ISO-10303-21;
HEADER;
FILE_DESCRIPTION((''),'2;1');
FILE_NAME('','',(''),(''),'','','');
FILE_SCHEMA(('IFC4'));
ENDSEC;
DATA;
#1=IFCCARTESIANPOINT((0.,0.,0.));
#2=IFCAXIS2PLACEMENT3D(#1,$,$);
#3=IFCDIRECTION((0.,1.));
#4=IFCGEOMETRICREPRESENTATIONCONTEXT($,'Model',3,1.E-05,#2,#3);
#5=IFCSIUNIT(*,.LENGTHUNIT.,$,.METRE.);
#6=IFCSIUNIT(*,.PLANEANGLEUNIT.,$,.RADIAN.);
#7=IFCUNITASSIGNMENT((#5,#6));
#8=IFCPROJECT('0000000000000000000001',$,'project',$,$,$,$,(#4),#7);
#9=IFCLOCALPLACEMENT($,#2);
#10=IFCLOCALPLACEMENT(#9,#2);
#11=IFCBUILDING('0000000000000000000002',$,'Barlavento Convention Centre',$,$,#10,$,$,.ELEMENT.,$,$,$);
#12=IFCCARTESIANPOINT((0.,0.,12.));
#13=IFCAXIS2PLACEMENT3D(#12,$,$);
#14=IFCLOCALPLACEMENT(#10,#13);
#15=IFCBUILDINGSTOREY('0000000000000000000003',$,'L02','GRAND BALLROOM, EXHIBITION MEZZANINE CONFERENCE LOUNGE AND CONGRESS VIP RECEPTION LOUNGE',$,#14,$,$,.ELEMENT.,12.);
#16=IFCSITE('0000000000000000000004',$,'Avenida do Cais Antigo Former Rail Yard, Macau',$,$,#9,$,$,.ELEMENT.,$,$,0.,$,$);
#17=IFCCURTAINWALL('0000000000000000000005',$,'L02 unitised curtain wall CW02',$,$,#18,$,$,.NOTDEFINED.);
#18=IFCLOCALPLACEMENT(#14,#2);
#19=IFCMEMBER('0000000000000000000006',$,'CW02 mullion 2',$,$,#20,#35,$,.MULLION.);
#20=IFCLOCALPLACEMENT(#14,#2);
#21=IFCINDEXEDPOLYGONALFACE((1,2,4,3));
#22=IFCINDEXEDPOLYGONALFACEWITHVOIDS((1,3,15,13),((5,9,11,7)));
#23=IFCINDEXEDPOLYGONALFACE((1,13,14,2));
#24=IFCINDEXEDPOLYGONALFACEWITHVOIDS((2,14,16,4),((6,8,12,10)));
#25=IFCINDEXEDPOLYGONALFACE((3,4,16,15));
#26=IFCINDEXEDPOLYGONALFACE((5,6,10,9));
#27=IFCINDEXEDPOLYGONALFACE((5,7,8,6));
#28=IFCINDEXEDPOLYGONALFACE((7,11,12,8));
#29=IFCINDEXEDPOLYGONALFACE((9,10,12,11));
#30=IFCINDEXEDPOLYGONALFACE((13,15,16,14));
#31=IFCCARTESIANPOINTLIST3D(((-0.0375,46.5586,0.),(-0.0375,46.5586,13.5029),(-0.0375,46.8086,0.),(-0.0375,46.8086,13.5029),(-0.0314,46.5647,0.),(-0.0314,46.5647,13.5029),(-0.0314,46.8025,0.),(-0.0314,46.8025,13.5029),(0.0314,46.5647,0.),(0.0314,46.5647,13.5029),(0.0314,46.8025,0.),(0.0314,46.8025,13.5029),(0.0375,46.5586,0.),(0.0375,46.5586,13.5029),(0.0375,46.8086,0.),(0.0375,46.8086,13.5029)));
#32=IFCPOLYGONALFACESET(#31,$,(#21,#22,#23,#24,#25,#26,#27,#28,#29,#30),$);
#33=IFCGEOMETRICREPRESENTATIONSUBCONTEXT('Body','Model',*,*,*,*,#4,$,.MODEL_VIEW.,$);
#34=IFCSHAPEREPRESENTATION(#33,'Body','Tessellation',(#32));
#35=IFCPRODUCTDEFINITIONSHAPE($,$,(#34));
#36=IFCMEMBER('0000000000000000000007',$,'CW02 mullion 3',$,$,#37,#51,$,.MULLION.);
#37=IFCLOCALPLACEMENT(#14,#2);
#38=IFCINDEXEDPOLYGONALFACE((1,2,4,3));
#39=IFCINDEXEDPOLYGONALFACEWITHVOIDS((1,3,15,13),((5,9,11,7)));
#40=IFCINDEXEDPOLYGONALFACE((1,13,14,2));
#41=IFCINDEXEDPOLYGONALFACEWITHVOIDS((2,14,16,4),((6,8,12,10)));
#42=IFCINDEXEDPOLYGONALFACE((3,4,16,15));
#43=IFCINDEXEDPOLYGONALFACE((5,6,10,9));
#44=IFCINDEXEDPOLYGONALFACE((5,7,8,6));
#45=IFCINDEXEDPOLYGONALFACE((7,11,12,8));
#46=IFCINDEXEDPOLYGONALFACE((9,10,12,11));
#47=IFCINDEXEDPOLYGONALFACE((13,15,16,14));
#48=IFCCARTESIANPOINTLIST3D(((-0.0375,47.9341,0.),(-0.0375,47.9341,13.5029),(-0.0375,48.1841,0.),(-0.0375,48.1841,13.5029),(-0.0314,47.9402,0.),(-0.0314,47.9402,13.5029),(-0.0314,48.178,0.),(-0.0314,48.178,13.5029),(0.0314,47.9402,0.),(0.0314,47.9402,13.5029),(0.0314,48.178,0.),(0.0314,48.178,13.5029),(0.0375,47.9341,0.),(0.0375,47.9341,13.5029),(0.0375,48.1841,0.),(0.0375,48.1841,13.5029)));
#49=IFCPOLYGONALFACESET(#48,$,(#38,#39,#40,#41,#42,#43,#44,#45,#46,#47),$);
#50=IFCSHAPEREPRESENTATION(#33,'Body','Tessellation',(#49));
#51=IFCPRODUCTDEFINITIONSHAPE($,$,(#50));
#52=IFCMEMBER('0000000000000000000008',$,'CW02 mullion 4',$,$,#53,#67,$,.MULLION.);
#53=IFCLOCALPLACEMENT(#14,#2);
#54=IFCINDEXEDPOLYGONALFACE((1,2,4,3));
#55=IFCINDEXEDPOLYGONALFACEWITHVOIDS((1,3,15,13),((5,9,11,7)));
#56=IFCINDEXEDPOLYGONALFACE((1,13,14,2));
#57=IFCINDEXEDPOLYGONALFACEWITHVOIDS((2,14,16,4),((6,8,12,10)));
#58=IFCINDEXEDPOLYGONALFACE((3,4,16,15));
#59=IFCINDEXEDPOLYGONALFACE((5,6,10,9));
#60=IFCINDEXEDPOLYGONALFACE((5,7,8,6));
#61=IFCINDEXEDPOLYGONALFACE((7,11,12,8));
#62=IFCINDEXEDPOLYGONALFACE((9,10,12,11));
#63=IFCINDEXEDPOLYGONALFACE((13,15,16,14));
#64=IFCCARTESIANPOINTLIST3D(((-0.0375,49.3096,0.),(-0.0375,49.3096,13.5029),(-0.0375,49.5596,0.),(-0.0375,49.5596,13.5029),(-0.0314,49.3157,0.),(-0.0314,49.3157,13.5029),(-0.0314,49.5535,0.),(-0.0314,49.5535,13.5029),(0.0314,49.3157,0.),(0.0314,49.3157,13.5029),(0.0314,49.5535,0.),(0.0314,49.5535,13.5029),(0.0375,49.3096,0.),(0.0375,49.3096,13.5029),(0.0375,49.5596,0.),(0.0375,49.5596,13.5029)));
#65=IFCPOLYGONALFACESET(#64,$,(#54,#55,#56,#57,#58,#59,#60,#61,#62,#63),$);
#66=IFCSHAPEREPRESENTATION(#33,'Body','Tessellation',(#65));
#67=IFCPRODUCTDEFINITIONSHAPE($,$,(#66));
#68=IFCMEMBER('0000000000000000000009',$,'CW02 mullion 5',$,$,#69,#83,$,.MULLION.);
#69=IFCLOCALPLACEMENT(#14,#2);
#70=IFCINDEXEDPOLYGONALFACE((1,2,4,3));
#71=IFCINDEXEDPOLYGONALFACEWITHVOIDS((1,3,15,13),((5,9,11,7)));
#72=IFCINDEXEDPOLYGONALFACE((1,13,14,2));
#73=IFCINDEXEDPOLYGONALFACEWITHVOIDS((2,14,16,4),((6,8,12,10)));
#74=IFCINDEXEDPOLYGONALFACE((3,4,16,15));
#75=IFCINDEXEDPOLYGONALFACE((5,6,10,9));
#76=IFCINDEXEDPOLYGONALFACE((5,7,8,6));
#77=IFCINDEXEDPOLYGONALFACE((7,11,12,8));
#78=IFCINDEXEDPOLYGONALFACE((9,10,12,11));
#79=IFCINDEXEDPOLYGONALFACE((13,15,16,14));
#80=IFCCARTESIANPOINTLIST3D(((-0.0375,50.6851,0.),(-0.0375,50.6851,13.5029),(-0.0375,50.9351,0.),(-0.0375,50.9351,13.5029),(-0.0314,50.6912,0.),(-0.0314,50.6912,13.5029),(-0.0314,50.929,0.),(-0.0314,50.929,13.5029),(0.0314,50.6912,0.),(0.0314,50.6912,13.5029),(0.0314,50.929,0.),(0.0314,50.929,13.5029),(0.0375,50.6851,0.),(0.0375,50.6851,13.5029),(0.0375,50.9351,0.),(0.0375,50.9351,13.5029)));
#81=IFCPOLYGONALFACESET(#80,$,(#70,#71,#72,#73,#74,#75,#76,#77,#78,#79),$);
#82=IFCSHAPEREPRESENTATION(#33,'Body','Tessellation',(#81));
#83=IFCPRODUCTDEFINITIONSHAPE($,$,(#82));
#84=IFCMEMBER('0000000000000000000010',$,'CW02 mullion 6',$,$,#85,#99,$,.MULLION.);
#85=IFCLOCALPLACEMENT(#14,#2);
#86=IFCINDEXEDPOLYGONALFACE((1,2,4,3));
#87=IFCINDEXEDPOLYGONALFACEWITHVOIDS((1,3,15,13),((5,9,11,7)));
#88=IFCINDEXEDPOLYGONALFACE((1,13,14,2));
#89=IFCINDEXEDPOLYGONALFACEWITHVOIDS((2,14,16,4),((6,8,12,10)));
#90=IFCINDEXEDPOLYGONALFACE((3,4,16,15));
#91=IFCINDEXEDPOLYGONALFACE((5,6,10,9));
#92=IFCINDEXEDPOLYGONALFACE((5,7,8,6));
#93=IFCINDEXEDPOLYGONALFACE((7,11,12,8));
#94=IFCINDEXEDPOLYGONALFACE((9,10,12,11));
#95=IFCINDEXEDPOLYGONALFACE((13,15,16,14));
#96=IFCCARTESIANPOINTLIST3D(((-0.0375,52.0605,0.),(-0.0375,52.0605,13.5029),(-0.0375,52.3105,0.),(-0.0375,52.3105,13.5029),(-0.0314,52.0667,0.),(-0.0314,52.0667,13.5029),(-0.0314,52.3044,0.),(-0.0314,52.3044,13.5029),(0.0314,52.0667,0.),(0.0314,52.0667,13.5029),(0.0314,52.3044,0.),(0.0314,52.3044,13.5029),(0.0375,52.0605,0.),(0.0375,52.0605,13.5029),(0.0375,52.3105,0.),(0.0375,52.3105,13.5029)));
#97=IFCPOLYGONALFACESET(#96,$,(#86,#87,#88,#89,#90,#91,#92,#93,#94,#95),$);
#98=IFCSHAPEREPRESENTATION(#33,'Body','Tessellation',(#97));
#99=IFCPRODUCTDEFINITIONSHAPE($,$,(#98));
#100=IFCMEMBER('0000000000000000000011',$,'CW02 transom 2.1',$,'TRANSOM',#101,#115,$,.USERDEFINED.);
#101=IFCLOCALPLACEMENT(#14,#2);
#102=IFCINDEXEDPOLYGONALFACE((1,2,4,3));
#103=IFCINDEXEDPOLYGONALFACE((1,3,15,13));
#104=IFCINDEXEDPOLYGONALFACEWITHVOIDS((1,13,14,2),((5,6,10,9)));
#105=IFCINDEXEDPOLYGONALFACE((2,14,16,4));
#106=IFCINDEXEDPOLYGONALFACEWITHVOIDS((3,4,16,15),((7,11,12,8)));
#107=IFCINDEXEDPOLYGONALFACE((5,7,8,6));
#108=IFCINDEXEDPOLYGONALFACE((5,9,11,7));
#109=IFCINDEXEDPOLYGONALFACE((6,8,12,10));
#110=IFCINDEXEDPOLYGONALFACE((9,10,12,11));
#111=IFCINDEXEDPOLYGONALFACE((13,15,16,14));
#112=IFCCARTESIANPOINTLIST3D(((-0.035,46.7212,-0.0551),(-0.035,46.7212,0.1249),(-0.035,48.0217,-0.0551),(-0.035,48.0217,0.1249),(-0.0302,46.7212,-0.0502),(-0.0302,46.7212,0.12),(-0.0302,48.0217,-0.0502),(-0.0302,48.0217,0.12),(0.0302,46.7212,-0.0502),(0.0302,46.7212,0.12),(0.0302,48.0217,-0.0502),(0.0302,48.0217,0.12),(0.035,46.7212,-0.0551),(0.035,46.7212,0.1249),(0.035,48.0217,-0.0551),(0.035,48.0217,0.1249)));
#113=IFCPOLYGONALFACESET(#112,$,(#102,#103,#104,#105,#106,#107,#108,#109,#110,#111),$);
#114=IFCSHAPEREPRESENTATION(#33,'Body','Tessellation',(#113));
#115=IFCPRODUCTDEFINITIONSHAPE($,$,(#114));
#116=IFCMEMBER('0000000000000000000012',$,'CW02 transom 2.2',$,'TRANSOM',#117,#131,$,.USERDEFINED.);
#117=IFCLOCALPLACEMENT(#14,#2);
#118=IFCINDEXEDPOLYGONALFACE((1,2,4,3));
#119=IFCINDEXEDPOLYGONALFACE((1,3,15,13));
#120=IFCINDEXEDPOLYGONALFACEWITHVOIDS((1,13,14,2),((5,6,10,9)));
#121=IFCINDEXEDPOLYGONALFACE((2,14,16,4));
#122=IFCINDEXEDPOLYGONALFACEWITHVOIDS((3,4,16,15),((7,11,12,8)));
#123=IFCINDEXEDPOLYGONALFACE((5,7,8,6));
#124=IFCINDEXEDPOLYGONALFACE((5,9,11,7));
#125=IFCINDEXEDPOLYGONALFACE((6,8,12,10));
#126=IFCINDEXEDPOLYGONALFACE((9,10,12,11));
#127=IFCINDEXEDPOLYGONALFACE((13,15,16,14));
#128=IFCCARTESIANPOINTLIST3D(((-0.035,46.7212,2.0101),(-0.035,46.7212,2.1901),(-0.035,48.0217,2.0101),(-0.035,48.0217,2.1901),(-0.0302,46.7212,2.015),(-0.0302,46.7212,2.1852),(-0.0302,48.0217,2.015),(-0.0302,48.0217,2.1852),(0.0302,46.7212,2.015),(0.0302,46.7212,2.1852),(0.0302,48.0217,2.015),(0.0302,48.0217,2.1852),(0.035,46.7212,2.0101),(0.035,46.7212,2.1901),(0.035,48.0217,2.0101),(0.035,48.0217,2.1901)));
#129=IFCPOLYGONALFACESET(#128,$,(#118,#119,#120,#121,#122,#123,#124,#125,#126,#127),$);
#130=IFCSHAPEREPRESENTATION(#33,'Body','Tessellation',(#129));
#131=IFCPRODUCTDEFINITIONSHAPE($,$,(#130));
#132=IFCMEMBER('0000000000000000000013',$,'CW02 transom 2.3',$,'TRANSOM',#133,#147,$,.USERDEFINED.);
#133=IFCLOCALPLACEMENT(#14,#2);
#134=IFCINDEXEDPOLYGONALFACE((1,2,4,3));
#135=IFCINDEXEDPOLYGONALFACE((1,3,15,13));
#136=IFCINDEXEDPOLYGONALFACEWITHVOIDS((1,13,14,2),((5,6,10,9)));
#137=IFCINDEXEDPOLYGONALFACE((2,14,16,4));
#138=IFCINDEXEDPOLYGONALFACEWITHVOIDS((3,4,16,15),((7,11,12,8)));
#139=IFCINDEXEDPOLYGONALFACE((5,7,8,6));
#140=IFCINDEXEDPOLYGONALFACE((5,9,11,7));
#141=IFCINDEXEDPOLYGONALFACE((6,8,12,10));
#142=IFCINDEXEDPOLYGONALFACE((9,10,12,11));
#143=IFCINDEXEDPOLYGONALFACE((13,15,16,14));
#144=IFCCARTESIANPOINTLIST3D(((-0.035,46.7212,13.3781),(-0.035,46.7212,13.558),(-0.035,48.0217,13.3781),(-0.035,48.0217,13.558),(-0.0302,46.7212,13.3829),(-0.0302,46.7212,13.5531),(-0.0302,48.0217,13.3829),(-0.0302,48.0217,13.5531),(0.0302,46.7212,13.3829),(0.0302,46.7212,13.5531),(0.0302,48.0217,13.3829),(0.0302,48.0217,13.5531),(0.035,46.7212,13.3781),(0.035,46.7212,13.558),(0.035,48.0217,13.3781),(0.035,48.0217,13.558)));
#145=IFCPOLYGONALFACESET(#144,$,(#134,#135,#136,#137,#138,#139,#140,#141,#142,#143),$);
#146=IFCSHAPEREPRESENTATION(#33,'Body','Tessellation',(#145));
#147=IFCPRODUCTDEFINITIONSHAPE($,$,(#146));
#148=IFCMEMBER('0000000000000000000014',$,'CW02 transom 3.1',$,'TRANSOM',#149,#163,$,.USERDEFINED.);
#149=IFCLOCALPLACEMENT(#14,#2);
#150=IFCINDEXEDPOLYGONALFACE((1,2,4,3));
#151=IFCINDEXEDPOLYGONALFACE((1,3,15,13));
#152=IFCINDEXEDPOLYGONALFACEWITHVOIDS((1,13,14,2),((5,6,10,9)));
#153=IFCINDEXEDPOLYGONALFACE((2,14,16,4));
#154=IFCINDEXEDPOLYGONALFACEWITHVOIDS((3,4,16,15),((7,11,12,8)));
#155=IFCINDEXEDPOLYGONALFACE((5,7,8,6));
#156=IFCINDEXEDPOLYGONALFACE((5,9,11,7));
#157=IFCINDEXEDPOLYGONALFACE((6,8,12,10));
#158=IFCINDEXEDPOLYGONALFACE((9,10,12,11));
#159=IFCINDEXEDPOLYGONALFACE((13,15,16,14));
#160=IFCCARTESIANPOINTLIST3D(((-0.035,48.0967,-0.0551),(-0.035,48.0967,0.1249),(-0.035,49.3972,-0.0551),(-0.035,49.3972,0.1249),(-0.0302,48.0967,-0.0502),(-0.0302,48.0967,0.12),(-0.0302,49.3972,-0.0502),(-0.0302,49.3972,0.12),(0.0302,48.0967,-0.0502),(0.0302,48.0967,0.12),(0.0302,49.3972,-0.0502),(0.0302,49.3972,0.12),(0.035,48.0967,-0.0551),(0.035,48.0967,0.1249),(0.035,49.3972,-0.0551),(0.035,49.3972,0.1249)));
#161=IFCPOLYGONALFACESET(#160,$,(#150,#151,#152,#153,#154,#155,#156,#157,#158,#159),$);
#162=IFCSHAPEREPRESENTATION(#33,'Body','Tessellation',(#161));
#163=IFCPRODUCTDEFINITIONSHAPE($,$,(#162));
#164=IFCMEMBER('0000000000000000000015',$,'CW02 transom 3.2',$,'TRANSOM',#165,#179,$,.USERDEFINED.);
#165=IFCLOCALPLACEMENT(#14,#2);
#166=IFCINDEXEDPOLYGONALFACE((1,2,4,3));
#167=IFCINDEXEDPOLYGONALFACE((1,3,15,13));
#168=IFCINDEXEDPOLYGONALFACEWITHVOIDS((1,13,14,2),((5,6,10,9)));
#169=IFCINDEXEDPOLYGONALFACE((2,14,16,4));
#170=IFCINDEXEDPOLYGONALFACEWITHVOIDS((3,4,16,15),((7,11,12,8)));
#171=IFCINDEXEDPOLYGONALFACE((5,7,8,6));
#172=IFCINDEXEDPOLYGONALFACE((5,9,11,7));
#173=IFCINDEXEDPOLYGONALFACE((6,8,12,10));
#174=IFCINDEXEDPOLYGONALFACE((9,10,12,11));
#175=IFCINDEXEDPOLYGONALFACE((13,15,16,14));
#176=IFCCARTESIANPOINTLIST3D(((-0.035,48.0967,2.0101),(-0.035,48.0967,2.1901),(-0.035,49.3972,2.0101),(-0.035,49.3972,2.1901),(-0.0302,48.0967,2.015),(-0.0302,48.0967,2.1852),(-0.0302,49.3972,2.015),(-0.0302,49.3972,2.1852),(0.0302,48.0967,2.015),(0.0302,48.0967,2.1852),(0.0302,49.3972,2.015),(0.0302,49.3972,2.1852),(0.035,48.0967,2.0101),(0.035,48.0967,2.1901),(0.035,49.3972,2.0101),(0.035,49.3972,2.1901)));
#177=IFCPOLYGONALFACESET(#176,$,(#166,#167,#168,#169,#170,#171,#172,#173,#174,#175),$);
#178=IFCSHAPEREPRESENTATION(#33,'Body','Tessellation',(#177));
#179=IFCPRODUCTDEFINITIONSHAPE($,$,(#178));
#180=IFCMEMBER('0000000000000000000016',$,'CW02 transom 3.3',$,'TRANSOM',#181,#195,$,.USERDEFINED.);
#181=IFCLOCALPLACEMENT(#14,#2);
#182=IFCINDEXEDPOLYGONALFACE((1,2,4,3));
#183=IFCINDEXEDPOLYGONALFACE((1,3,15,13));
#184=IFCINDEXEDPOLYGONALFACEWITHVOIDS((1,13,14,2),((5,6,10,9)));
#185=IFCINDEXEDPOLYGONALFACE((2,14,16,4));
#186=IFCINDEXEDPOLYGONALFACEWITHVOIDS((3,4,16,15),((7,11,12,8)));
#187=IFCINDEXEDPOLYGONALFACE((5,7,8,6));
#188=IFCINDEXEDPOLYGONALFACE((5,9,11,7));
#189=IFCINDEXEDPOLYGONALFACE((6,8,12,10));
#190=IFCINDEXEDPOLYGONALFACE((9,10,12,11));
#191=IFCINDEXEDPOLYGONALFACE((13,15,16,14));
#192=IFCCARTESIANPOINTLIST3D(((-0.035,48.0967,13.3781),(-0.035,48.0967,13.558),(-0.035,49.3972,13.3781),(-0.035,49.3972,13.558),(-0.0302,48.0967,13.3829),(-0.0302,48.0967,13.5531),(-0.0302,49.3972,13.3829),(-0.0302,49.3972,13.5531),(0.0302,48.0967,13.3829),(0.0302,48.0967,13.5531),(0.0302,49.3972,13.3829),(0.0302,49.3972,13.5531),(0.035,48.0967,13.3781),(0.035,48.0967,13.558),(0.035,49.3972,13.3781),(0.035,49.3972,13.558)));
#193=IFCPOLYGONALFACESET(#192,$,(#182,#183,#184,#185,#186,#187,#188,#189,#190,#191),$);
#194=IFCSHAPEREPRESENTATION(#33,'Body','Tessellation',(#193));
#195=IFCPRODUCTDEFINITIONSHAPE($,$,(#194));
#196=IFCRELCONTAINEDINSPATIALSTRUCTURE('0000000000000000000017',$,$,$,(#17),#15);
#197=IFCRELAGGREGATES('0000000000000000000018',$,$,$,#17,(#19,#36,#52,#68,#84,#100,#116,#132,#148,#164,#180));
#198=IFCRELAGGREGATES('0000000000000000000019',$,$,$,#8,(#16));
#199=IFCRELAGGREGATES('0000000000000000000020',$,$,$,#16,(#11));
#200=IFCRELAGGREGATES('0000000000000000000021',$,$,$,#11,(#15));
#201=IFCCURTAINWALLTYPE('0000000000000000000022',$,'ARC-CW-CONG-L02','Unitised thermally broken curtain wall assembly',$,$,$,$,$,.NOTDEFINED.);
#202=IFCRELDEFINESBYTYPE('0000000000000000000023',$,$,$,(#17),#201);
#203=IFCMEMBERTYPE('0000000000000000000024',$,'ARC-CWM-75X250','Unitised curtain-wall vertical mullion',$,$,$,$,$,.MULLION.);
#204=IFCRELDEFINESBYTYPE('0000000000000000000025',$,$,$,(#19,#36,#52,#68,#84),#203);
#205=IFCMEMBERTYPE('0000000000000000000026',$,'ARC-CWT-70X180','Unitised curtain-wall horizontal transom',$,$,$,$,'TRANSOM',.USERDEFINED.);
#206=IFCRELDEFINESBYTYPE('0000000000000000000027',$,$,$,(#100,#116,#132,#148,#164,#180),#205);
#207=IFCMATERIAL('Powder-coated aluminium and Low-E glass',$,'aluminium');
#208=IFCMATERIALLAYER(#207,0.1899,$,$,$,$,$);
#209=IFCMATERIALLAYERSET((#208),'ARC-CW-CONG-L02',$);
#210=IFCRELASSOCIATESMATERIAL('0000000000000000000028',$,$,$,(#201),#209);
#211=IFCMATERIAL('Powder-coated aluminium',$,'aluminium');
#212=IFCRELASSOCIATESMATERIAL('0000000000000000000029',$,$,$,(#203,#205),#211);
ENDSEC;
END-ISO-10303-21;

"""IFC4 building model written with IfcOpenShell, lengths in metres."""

from ifc_helpers import new_model, si_unit, direction, frame, origin, origin_2d, place, context, subcontext, project, spatial, hollow_rectangle, extrude, material, layer, layer_set, material_profile, profile_set, type_object, element, aggregate, save


model = new_model("IFC4")

# Units and contexts
model_context = context("Model", 3, precision=1e-05, world=origin(), true_north=direction((0.0, 1.0)))
body_context = subcontext(model_context, "Body", "Model", "MODEL_VIEW")
ifc_project = project(units=[si_unit("LENGTHUNIT", "METRE"), si_unit("PLANEANGLEUNIT", "RADIAN")], contexts=[model_context])

# Site, building, storey
site_placement = place(None, origin())
site = spatial("IfcSite", under=ifc_project, at=site_placement, Name="Avenida do Cais Antigo Former Rail Yard, Macau", CompositionType="ELEMENT", RefElevation=0.0)
building_placement = place(site_placement, origin())
building = spatial("IfcBuilding", under=site, at=building_placement, Name="Barlavento Convention Centre", CompositionType="ELEMENT")
storey_placement = place(building_placement, frame((0.0, 0.0, 12.0)))
storey = spatial("IfcBuildingStorey", under=building, at=storey_placement, Name="L02", Description="GRAND BALLROOM, EXHIBITION MEZZANINE CONFERENCE LOUNGE AND CONGRESS VIP RECEPTION LOUNGE", CompositionType="ELEMENT", Elevation=12.0)

# Curtain wall, members
ifc_material_1 = material(Name="Powder-coated aluminium and Low-E glass", Category="aluminium")
ifc_layer_1 = layer(ifc_material_1, 0.1899)
ifc_layer_set_1 = layer_set([ifc_layer_1], Name="ARC-CW-CONG-L02")
curtain_wall_type = type_object("IfcCurtainWallType", Name="ARC-CW-CONG-L02", Description="Unitised thermally broken curtain wall assembly", PredefinedType="NOTDEFINED", material=ifc_layer_set_1)
curtain_wall_placement = place(storey_placement, origin())
curtain_wall = element("IfcCurtainWall", 1, at=curtain_wall_placement, inside=storey, type_object=curtain_wall_type, Name="L02 unitised curtain wall CW02", PredefinedType="NOTDEFINED")
ifc_material_2 = material(Name="Powder-coated aluminium", Category="aluminium")
ifc_material_profile_1 = material_profile(ifc_material_2, hollow_rectangle(XDim=0.075, YDim=0.25, WallThickness=0.0061, at=origin_2d()), Name="AL-MULL 75x250x6")
ifc_profile_set_1 = profile_set([ifc_material_profile_1], Name="Powder-coated aluminium")
member_type_1 = type_object("IfcMemberType", Name="ARC-CWM-75X250", Description="Unitised curtain-wall vertical mullion", PredefinedType="MULLION", material=ifc_profile_set_1)
member_1_placement = place(storey_placement, frame((0.0, 46.6836, 0.0), z_axis=(0.0, 0.0, 1.0), x_axis=(-1.0, 0.0, 0.0)))
member_1 = element("IfcMember", 2, at=member_1_placement, type_object=member_type_1, Name="CW02 mullion 2", PredefinedType="MULLION", context=body_context, shape_type="SweptSolid", body=[
    extrude(hollow_rectangle(XDim=0.075, YDim=0.25, WallThickness=0.0061, at=origin_2d()), origin(), (0.0, 0.0, 1.0), 13.5029),
])
member_2_placement = place(storey_placement, frame((0.0, 48.0591, 0.0), z_axis=(0.0, 0.0, 1.0), x_axis=(-1.0, 0.0, 0.0)))
member_2 = element("IfcMember", 3, at=member_2_placement, type_object=member_type_1, Name="CW02 mullion 3", PredefinedType="MULLION", context=body_context, shape_type="SweptSolid", body=[
    extrude(hollow_rectangle(XDim=0.075, YDim=0.25, WallThickness=0.0061, at=origin_2d()), origin(), (0.0, 0.0, 1.0), 13.5029),
])
member_3_placement = place(storey_placement, frame((0.0, 49.4346, 0.0), z_axis=(0.0, 0.0, 1.0), x_axis=(-1.0, 0.0, 0.0)))
member_3 = element("IfcMember", 4, at=member_3_placement, type_object=member_type_1, Name="CW02 mullion 4", PredefinedType="MULLION", context=body_context, shape_type="SweptSolid", body=[
    extrude(hollow_rectangle(XDim=0.075, YDim=0.25, WallThickness=0.0061, at=origin_2d()), origin(), (0.0, 0.0, 1.0), 13.5029),
])
member_4_placement = place(storey_placement, frame((0.0, 50.8101, 0.0), z_axis=(0.0, 0.0, 1.0), x_axis=(-1.0, 0.0, 0.0)))
member_4 = element("IfcMember", 5, at=member_4_placement, type_object=member_type_1, Name="CW02 mullion 5", PredefinedType="MULLION", context=body_context, shape_type="SweptSolid", body=[
    extrude(hollow_rectangle(XDim=0.075, YDim=0.25, WallThickness=0.0061, at=origin_2d()), origin(), (0.0, 0.0, 1.0), 13.5029),
])
member_5_placement = place(storey_placement, frame((0.0, 52.1855, 0.0), z_axis=(0.0, 0.0, 1.0), x_axis=(-1.0, 0.0, 0.0)))
member_5 = element("IfcMember", 6, at=member_5_placement, type_object=member_type_1, Name="CW02 mullion 6", PredefinedType="MULLION", context=body_context, shape_type="SweptSolid", body=[
    extrude(hollow_rectangle(XDim=0.075, YDim=0.25, WallThickness=0.0061, at=origin_2d()), origin(), (0.0, 0.0, 1.0), 13.5029),
])
ifc_material_profile_2 = material_profile(ifc_material_2, hollow_rectangle(XDim=0.0701, YDim=0.1799, WallThickness=0.0049, at=origin_2d()), Name="AL-TRAN 70x180x5")
ifc_profile_set_2 = profile_set([ifc_material_profile_2], Name="Powder-coated aluminium")
member_type_2 = type_object("IfcMemberType", Name="ARC-CWT-70X180", Description="Unitised curtain-wall horizontal transom", ElementType="TRANSOM", PredefinedType="USERDEFINED", material=ifc_profile_set_2)
member_6_placement = place(storey_placement, frame((0.0, 46.7212, 0.0349), z_axis=(0.0, 1.0, 0.0), x_axis=(-1.0, 0.0, 0.0)))
member_6 = element("IfcMember", 7, at=member_6_placement, type_object=member_type_2, Name="CW02 transom 2.1", ObjectType="TRANSOM", PredefinedType="USERDEFINED", context=body_context, shape_type="SweptSolid", body=[
    extrude(hollow_rectangle(XDim=0.0701, YDim=0.1799, WallThickness=0.0049, at=origin_2d()), origin(), (0.0, 0.0, 1.0), 1.3005),
])
member_7_placement = place(storey_placement, frame((0.0, 46.7212, 2.1001), z_axis=(0.0, 1.0, 0.0), x_axis=(-1.0, 0.0, 0.0)))
member_7 = element("IfcMember", 8, at=member_7_placement, type_object=member_type_2, Name="CW02 transom 2.2", ObjectType="TRANSOM", PredefinedType="USERDEFINED", context=body_context, shape_type="SweptSolid", body=[
    extrude(hollow_rectangle(XDim=0.0701, YDim=0.1799, WallThickness=0.0049, at=origin_2d()), origin(), (0.0, 0.0, 1.0), 1.3005),
])
member_8_placement = place(storey_placement, frame((0.0, 46.7212, 13.468), z_axis=(0.0, 1.0, 0.0), x_axis=(-1.0, 0.0, 0.0)))
member_8 = element("IfcMember", 9, at=member_8_placement, type_object=member_type_2, Name="CW02 transom 2.3", ObjectType="TRANSOM", PredefinedType="USERDEFINED", context=body_context, shape_type="SweptSolid", body=[
    extrude(hollow_rectangle(XDim=0.0701, YDim=0.1799, WallThickness=0.0049, at=origin_2d()), origin(), (0.0, 0.0, 1.0), 1.3005),
])
member_9_placement = place(storey_placement, frame((0.0, 48.0967, 0.0349), z_axis=(0.0, 1.0, 0.0), x_axis=(-1.0, 0.0, 0.0)))
member_9 = element("IfcMember", 10, at=member_9_placement, type_object=member_type_2, Name="CW02 transom 3.1", ObjectType="TRANSOM", PredefinedType="USERDEFINED", context=body_context, shape_type="SweptSolid", body=[
    extrude(hollow_rectangle(XDim=0.0701, YDim=0.1799, WallThickness=0.0049, at=origin_2d()), origin(), (0.0, 0.0, 1.0), 1.3005),
])
member_10_placement = place(storey_placement, frame((0.0, 48.0967, 2.1001), z_axis=(0.0, 1.0, 0.0), x_axis=(-1.0, 0.0, 0.0)))
member_10 = element("IfcMember", 11, at=member_10_placement, type_object=member_type_2, Name="CW02 transom 3.2", ObjectType="TRANSOM", PredefinedType="USERDEFINED", context=body_context, shape_type="SweptSolid", body=[
    extrude(hollow_rectangle(XDim=0.0701, YDim=0.1799, WallThickness=0.0049, at=origin_2d()), origin(), (0.0, 0.0, 1.0), 1.3005),
])
member_11_placement = place(storey_placement, frame((0.0, 48.0967, 13.468), z_axis=(0.0, 1.0, 0.0), x_axis=(-1.0, 0.0, 0.0)))
member_11 = element("IfcMember", 12, at=member_11_placement, type_object=member_type_2, Name="CW02 transom 3.3", ObjectType="TRANSOM", PredefinedType="USERDEFINED", context=body_context, shape_type="SweptSolid", body=[
    extrude(hollow_rectangle(XDim=0.0701, YDim=0.1799, WallThickness=0.0049, at=origin_2d()), origin(), (0.0, 0.0, 1.0), 1.3005),
])
aggregate(curtain_wall, [member_1, member_2, member_3, member_4, member_5, member_6, member_7, member_8, member_9, member_10, member_11])

save(model, "model.ifc")
